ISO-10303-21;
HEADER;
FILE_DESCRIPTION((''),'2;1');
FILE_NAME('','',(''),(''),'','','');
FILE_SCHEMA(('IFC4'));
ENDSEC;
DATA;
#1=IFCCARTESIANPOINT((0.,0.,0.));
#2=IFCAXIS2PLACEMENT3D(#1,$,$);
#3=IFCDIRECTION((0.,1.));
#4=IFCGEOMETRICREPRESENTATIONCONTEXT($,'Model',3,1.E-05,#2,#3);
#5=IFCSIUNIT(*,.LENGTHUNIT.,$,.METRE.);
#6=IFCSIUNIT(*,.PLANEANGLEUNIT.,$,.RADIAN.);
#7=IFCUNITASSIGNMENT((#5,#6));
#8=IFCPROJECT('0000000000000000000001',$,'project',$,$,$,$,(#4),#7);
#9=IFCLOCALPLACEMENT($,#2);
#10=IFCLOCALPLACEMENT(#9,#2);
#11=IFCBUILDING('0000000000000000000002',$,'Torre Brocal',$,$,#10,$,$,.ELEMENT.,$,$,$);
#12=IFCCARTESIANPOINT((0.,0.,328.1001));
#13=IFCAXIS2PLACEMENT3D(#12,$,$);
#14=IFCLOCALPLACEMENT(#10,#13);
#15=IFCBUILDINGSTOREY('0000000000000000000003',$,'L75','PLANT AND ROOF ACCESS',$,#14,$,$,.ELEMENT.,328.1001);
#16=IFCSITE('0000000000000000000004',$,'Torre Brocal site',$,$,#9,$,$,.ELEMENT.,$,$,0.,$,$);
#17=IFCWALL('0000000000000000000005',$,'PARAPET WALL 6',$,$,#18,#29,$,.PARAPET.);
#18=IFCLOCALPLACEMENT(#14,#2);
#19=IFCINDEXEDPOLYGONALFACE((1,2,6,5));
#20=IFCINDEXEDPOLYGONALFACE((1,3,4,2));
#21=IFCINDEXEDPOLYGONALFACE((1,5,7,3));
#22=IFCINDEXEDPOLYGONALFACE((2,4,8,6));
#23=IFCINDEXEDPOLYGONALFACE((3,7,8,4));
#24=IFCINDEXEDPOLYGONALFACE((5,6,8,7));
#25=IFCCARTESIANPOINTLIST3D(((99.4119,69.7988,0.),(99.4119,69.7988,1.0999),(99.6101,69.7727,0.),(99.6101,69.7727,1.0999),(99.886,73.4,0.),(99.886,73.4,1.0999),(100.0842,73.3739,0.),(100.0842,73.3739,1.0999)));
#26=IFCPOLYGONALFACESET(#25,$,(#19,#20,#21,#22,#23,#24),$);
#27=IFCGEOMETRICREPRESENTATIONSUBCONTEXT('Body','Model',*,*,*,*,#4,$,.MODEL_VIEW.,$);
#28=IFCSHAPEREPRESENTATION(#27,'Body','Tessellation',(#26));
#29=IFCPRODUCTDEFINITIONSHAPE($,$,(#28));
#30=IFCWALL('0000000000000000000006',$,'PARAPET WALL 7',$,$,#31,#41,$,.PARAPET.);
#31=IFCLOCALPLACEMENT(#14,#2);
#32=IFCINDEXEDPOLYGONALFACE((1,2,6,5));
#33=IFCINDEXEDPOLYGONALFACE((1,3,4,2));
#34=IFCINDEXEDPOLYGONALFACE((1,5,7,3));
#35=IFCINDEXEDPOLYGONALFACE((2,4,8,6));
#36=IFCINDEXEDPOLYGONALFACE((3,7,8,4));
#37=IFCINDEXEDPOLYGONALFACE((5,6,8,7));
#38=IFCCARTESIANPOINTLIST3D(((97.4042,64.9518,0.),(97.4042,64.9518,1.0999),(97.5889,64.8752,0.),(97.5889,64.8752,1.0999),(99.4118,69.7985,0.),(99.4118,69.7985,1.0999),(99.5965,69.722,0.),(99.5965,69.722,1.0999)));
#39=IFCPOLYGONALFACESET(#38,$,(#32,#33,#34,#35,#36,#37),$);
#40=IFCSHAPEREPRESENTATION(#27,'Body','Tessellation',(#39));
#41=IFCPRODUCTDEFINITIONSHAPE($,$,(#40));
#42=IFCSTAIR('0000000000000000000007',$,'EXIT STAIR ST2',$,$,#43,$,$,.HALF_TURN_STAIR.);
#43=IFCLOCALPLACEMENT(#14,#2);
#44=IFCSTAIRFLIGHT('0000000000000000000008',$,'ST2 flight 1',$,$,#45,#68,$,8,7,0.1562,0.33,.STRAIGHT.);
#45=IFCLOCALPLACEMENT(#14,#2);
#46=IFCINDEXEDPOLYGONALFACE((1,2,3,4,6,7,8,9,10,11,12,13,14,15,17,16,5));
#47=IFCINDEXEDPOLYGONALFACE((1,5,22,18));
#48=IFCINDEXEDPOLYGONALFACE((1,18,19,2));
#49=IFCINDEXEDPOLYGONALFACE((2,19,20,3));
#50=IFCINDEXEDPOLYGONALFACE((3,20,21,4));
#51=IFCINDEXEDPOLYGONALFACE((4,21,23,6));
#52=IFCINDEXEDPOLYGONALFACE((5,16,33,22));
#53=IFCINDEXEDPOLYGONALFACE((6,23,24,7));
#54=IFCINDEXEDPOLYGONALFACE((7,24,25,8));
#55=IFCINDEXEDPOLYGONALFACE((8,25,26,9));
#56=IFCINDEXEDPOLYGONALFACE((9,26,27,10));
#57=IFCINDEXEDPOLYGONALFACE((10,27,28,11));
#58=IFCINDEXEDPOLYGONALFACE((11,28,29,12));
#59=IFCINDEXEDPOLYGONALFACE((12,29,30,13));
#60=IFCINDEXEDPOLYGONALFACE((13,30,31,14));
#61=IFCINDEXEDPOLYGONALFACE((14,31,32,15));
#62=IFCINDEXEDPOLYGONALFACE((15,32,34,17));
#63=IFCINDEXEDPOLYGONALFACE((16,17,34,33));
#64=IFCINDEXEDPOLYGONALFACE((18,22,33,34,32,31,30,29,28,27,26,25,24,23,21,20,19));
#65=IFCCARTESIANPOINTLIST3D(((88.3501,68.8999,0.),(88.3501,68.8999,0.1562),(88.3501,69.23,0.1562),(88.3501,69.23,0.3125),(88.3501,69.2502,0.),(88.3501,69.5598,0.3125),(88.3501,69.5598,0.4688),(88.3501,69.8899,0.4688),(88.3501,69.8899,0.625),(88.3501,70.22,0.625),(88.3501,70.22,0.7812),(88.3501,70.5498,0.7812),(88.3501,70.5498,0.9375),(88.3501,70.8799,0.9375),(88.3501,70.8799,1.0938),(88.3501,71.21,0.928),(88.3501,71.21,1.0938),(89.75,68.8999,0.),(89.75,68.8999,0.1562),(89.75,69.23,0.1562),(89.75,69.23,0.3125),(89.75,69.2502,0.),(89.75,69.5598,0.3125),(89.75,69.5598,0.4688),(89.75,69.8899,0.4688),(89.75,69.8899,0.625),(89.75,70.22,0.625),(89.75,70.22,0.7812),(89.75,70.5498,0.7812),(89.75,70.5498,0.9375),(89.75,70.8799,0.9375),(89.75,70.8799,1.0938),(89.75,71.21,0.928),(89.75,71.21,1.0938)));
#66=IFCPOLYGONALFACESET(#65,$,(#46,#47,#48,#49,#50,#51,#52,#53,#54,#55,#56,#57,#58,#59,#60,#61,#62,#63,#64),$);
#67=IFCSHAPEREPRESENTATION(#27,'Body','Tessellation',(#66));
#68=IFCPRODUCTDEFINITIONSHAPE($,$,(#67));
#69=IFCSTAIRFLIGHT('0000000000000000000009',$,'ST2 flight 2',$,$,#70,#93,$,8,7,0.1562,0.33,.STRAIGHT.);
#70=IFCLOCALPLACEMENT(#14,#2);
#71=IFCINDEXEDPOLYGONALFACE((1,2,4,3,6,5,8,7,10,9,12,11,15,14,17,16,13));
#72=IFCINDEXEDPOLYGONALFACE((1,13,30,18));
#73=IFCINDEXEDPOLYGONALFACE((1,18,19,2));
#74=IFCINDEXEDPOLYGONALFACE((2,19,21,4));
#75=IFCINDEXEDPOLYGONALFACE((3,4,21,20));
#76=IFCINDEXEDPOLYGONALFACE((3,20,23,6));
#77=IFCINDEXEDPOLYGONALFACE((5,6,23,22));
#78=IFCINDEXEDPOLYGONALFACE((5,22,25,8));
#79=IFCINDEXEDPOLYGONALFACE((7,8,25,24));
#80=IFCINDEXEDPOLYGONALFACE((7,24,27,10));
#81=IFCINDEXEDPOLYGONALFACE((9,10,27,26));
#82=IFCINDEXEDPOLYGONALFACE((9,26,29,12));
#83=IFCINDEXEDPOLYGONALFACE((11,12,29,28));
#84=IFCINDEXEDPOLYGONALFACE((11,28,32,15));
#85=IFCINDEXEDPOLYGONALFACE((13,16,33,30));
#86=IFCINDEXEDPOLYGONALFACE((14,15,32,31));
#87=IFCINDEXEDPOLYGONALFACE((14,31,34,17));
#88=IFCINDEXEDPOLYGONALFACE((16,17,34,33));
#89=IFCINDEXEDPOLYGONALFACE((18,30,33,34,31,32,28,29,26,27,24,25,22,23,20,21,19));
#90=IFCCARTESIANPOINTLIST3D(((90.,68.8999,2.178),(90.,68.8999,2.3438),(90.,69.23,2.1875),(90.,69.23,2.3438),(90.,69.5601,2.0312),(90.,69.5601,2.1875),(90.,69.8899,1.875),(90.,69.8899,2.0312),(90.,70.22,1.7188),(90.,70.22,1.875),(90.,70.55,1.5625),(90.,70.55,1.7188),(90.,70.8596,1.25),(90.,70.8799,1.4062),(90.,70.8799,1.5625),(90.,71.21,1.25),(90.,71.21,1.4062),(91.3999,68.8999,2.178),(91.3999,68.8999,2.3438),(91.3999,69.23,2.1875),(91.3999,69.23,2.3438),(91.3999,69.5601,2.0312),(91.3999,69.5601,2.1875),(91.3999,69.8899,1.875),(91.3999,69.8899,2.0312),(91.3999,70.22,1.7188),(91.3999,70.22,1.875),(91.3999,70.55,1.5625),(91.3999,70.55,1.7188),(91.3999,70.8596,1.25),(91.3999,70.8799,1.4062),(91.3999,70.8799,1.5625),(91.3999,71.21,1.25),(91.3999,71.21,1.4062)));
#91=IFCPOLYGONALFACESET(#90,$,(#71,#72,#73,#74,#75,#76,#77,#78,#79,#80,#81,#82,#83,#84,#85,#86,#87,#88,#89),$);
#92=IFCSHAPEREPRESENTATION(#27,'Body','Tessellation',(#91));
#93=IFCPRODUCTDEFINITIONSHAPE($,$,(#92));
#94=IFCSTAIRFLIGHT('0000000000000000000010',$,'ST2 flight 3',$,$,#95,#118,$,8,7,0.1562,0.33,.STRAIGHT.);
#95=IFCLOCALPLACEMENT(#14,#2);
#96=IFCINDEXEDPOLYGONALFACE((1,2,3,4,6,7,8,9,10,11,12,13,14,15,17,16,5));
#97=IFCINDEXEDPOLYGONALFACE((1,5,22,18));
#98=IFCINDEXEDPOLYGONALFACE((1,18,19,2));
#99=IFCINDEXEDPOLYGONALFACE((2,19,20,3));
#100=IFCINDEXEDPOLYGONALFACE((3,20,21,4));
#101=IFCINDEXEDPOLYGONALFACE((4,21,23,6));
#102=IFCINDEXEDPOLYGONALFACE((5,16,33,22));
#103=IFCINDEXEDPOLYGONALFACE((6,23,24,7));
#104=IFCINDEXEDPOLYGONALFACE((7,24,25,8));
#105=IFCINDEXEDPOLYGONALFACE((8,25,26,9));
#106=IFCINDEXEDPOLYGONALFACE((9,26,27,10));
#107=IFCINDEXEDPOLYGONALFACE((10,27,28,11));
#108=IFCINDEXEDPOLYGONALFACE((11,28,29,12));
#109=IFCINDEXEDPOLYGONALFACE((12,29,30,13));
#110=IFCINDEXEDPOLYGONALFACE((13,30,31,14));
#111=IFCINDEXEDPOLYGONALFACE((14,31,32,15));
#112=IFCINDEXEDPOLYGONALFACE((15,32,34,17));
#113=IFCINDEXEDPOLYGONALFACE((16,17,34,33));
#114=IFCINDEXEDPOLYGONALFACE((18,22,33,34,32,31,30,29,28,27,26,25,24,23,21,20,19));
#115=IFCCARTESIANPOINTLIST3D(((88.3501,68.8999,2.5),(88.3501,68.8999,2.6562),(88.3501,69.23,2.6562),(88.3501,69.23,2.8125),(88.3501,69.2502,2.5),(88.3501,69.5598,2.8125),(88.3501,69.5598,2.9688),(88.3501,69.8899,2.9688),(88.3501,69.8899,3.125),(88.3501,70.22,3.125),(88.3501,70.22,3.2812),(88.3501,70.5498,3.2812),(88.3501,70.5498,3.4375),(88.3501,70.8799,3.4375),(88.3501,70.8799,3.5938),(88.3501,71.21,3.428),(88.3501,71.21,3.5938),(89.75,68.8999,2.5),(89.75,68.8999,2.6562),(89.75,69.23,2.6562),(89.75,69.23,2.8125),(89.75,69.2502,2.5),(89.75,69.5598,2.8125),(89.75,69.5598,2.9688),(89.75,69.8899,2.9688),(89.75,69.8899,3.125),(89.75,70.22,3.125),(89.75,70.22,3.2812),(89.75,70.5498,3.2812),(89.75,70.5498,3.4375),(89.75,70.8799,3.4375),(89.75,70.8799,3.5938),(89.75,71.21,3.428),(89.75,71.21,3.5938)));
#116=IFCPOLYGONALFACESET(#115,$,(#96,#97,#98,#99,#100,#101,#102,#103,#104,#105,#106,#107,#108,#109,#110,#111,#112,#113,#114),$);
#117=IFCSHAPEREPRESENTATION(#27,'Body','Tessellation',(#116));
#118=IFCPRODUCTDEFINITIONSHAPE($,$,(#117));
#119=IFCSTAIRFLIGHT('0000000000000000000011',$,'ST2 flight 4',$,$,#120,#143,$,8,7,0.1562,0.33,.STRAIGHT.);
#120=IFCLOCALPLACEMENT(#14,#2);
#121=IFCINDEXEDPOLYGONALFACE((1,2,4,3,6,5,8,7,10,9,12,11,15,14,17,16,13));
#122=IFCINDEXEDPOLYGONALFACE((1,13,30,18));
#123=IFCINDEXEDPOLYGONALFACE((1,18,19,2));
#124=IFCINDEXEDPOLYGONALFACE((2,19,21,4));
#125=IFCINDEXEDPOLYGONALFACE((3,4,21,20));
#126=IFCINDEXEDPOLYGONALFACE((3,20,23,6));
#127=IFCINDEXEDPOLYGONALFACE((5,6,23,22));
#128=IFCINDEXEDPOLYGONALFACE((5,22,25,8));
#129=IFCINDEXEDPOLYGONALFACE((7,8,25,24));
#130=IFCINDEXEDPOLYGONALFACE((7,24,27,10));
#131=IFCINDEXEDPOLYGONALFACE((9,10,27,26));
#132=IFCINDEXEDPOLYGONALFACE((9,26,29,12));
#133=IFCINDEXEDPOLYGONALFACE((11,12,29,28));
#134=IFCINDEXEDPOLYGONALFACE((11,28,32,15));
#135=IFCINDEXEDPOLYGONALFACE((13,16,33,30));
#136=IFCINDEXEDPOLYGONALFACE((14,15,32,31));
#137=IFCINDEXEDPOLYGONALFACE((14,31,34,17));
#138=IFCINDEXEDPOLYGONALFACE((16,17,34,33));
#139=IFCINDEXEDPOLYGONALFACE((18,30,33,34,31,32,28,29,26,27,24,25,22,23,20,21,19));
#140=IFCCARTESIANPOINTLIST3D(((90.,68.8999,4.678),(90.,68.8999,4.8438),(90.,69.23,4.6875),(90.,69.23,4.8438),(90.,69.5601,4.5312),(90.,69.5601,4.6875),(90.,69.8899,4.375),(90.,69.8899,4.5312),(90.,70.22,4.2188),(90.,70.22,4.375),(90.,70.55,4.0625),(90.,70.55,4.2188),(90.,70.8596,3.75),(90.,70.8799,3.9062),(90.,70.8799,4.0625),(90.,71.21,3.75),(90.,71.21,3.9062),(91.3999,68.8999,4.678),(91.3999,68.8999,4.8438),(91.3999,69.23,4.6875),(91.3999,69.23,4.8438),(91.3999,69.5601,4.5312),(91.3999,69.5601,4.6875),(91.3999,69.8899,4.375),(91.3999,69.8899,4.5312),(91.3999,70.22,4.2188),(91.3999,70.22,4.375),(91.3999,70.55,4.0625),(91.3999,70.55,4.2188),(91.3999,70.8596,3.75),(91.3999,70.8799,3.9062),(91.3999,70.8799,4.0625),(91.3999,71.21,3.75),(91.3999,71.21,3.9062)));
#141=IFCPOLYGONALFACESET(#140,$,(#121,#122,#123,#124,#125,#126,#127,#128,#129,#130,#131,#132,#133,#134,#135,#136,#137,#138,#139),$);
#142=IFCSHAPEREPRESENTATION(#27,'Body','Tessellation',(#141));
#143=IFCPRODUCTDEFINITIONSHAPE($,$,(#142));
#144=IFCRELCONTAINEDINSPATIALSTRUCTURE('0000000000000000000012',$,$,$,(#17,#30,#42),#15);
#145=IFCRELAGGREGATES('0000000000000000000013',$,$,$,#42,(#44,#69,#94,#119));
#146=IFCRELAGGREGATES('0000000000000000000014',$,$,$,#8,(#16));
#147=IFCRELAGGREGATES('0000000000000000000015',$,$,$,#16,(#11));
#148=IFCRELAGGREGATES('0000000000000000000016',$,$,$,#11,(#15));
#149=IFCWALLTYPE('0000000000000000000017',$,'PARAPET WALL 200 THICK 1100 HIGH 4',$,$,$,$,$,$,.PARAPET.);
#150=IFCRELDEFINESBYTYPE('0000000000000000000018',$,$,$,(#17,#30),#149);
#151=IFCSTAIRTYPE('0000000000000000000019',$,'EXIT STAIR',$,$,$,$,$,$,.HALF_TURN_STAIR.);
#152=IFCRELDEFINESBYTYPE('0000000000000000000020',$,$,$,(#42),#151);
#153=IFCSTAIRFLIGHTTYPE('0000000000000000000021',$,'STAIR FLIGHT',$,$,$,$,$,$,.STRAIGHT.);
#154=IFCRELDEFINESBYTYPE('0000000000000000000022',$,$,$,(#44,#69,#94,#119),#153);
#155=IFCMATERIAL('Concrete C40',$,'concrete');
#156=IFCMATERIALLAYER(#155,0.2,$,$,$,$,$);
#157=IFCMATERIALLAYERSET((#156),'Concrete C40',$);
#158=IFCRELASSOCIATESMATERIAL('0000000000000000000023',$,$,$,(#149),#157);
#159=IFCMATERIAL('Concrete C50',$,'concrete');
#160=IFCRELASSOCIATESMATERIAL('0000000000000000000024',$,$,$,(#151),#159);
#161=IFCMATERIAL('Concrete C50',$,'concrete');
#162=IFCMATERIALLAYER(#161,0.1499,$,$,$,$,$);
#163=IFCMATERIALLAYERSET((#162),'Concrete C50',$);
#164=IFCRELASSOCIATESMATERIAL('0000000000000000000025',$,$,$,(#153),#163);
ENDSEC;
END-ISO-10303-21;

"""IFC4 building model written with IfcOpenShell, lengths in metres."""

from ifc_helpers import new_model, si_unit, direction, frame, frame_2d, origin, place, context, subcontext, project, spatial, polyline, rectangle, outline, extrude, material, layer, layer_set, type_object, element, aggregate, save


model = new_model("IFC4")

# Units and contexts
model_context = context("Model", 3, precision=1e-05, world=origin(), true_north=direction((0.0, 1.0)))
body_context = subcontext(model_context, "Body", "Model", "MODEL_VIEW")
ifc_project = project(units=[si_unit("LENGTHUNIT", "METRE"), si_unit("PLANEANGLEUNIT", "RADIAN")], contexts=[model_context])

# Site, building, storey
site_placement = place(None, origin())
site = spatial("IfcSite", under=ifc_project, at=site_placement, Name="Torre Brocal site", CompositionType="ELEMENT", RefElevation=0.0)
building_placement = place(site_placement, origin())
building = spatial("IfcBuilding", under=site, at=building_placement, Name="Torre Brocal", CompositionType="ELEMENT")
storey_placement = place(building_placement, frame((0.0, 0.0, 328.1001)))
storey = spatial("IfcBuildingStorey", under=building, at=storey_placement, Name="L75", Description="PLANT AND ROOF ACCESS", CompositionType="ELEMENT", Elevation=328.1001)

# Walls
ifc_material_1 = material(Name="Concrete C40", Category="concrete")
ifc_layer_1 = layer(ifc_material_1, 0.2)
ifc_layer_set_1 = layer_set([ifc_layer_1], Name="Concrete C40")
wall_type_1 = type_object("IfcWallType", Name="PARAPET WALL 200 THICK 1100 HIGH 4", PredefinedType="PARAPET", material=ifc_layer_set_1)
wall_1_placement = place(storey_placement, frame((99.9851, 73.387, 0.0), z_axis=(0.0, 0.0, 1.0), x_axis=(-0.130526, -0.991445, 0.0)))
element("IfcWall", 1, at=wall_1_placement, inside=storey, type_object=wall_type_1, Name="PARAPET WALL 6", PredefinedType="PARAPET", context=body_context, shape_type="SweptSolid", body=[
    extrude(rectangle(XDim=3.6323, YDim=0.2, at=frame_2d((1.8162, 0.0))), origin(), (0.0, 0.0, 1.0), 1.0999),
])
wall_2_placement = place(storey_placement, frame((99.5042, 69.7603, 0.0), z_axis=(0.0, 0.0, 1.0), x_axis=(-0.382685, -0.923879, 0.0)))
element("IfcWall", 2, at=wall_2_placement, inside=storey, type_object=wall_type_1, Name="PARAPET WALL 7", PredefinedType="PARAPET", context=body_context, shape_type="SweptSolid", body=[
    extrude(rectangle(XDim=5.2461, YDim=0.2, at=frame_2d((2.623, 0.0))), origin(), (0.0, 0.0, 1.0), 1.0999),
])

# Stair, stair flights
ifc_material_2 = material(Name="Concrete C50", Category="concrete")
stair_type = type_object("IfcStairType", Name="EXIT STAIR", PredefinedType="HALF_TURN_STAIR", material=ifc_material_2)
stair_placement = place(storey_placement, origin())
stair = element("IfcStair", 3, at=stair_placement, inside=storey, type_object=stair_type, Name="EXIT STAIR ST2", PredefinedType="HALF_TURN_STAIR")
ifc_material_3 = material(Name="Concrete C50", Category="concrete")
ifc_layer_2 = layer(ifc_material_3, 0.1499)
ifc_layer_set_2 = layer_set([ifc_layer_2], Name="Concrete C50")
stair_flight_type = type_object("IfcStairFlightType", Name="STAIR FLIGHT", PredefinedType="STRAIGHT", material=ifc_layer_set_2)
stair_flight_1_placement = place(storey_placement, frame((89.05, 68.8999, 0.0), z_axis=(0.0, 0.0, 1.0), x_axis=(0.0, 1.0, 0.0)))
stair_flight_1 = element("IfcStairFlight", 4, at=stair_flight_1_placement, type_object=stair_flight_type, Name="ST2 flight 1", NumberOfRisers=8, NumberOfTreads=7, PredefinedType="STRAIGHT", RiserHeight=0.1562, TreadLength=0.33, context=body_context, shape_type="SweptSolid", body=[
    extrude(outline(polyline([(0.0, 0.0), (0.0, 0.1562), (0.3301, 0.1562), (0.3301, 0.3125), (0.6599, 0.3125), (0.6599, 0.4688), (0.99, 0.4688), (0.99, 0.625), (1.3201, 0.625), (1.3201, 0.7812), (1.6499, 0.7812), (1.6499, 0.9375), (1.98, 0.9375), (1.98, 1.0938), (2.3101, 1.0938), (2.3101, 1.25), (2.3101, 0.928), (0.3503, 0.0), (0.0, 0.0)])), frame((0.0, 0.7, 0.0), z_axis=(0.0, -1.0, 0.0), x_axis=(1.0, 0.0, 0.0)), (0.0, 0.0, 1.0), 1.3999),
])
stair_flight_2_placement = place(storey_placement, frame((90.7, 71.21, 1.25), z_axis=(0.0, 0.0, 1.0), x_axis=(0.0, -1.0, 0.0)))
stair_flight_2 = element("IfcStairFlight", 5, at=stair_flight_2_placement, type_object=stair_flight_type, Name="ST2 flight 2", NumberOfRisers=8, NumberOfTreads=7, PredefinedType="STRAIGHT", RiserHeight=0.1562, TreadLength=0.33, context=body_context, shape_type="SweptSolid", body=[
    extrude(outline(polyline([(0.0, 0.0), (0.0, 0.1562), (0.3301, 0.1562), (0.3301, 0.3125), (0.6599, 0.3125), (0.6599, 0.4688), (0.99, 0.4688), (0.99, 0.625), (1.3201, 0.625), (1.3201, 0.7812), (1.6499, 0.7812), (1.6499, 0.9375), (1.98, 0.9375), (1.98, 1.0938), (2.3101, 1.0938), (2.3101, 1.25), (2.3101, 0.928), (0.3503, 0.0), (0.0, 0.0)])), frame((0.0, 0.7, 0.0), z_axis=(0.0, -1.0, 0.0), x_axis=(1.0, 0.0, 0.0)), (0.0, 0.0, 1.0), 1.3999),
])
stair_flight_3_placement = place(storey_placement, frame((89.05, 68.8999, 2.5), z_axis=(0.0, 0.0, 1.0), x_axis=(0.0, 1.0, 0.0)))
stair_flight_3 = element("IfcStairFlight", 6, at=stair_flight_3_placement, type_object=stair_flight_type, Name="ST2 flight 3", NumberOfRisers=8, NumberOfTreads=7, PredefinedType="STRAIGHT", RiserHeight=0.1562, TreadLength=0.33, context=body_context, shape_type="SweptSolid", body=[
    extrude(outline(polyline([(0.0, 0.0), (0.0, 0.1562), (0.3301, 0.1562), (0.3301, 0.3125), (0.6599, 0.3125), (0.6599, 0.4688), (0.99, 0.4688), (0.99, 0.625), (1.3201, 0.625), (1.3201, 0.7812), (1.6499, 0.7812), (1.6499, 0.9375), (1.98, 0.9375), (1.98, 1.0938), (2.3101, 1.0938), (2.3101, 1.25), (2.3101, 0.928), (0.3503, 0.0), (0.0, 0.0)])), frame((0.0, 0.7, 0.0), z_axis=(0.0, -1.0, 0.0), x_axis=(1.0, 0.0, 0.0)), (0.0, 0.0, 1.0), 1.3999),
])
stair_flight_4_placement = place(storey_placement, frame((90.7, 71.21, 3.75), z_axis=(0.0, 0.0, 1.0), x_axis=(0.0, -1.0, 0.0)))
stair_flight_4 = element("IfcStairFlight", 7, at=stair_flight_4_placement, type_object=stair_flight_type, Name="ST2 flight 4", NumberOfRisers=8, NumberOfTreads=7, PredefinedType="STRAIGHT", RiserHeight=0.1562, TreadLength=0.33, context=body_context, shape_type="SweptSolid", body=[
    extrude(outline(polyline([(0.0, 0.0), (0.0, 0.1562), (0.3301, 0.1562), (0.3301, 0.3125), (0.6599, 0.3125), (0.6599, 0.4688), (0.99, 0.4688), (0.99, 0.625), (1.3201, 0.625), (1.3201, 0.7812), (1.6499, 0.7812), (1.6499, 0.9375), (1.98, 0.9375), (1.98, 1.0938), (2.3101, 1.0938), (2.3101, 1.25), (2.3101, 0.928), (0.3503, 0.0), (0.0, 0.0)])), frame((0.0, 0.7, 0.0), z_axis=(0.0, -1.0, 0.0), x_axis=(1.0, 0.0, 0.0)), (0.0, 0.0, 1.0), 1.3999),
])
aggregate(stair, [stair_flight_1, stair_flight_2, stair_flight_3, stair_flight_4])

save(model, "model.ifc")
